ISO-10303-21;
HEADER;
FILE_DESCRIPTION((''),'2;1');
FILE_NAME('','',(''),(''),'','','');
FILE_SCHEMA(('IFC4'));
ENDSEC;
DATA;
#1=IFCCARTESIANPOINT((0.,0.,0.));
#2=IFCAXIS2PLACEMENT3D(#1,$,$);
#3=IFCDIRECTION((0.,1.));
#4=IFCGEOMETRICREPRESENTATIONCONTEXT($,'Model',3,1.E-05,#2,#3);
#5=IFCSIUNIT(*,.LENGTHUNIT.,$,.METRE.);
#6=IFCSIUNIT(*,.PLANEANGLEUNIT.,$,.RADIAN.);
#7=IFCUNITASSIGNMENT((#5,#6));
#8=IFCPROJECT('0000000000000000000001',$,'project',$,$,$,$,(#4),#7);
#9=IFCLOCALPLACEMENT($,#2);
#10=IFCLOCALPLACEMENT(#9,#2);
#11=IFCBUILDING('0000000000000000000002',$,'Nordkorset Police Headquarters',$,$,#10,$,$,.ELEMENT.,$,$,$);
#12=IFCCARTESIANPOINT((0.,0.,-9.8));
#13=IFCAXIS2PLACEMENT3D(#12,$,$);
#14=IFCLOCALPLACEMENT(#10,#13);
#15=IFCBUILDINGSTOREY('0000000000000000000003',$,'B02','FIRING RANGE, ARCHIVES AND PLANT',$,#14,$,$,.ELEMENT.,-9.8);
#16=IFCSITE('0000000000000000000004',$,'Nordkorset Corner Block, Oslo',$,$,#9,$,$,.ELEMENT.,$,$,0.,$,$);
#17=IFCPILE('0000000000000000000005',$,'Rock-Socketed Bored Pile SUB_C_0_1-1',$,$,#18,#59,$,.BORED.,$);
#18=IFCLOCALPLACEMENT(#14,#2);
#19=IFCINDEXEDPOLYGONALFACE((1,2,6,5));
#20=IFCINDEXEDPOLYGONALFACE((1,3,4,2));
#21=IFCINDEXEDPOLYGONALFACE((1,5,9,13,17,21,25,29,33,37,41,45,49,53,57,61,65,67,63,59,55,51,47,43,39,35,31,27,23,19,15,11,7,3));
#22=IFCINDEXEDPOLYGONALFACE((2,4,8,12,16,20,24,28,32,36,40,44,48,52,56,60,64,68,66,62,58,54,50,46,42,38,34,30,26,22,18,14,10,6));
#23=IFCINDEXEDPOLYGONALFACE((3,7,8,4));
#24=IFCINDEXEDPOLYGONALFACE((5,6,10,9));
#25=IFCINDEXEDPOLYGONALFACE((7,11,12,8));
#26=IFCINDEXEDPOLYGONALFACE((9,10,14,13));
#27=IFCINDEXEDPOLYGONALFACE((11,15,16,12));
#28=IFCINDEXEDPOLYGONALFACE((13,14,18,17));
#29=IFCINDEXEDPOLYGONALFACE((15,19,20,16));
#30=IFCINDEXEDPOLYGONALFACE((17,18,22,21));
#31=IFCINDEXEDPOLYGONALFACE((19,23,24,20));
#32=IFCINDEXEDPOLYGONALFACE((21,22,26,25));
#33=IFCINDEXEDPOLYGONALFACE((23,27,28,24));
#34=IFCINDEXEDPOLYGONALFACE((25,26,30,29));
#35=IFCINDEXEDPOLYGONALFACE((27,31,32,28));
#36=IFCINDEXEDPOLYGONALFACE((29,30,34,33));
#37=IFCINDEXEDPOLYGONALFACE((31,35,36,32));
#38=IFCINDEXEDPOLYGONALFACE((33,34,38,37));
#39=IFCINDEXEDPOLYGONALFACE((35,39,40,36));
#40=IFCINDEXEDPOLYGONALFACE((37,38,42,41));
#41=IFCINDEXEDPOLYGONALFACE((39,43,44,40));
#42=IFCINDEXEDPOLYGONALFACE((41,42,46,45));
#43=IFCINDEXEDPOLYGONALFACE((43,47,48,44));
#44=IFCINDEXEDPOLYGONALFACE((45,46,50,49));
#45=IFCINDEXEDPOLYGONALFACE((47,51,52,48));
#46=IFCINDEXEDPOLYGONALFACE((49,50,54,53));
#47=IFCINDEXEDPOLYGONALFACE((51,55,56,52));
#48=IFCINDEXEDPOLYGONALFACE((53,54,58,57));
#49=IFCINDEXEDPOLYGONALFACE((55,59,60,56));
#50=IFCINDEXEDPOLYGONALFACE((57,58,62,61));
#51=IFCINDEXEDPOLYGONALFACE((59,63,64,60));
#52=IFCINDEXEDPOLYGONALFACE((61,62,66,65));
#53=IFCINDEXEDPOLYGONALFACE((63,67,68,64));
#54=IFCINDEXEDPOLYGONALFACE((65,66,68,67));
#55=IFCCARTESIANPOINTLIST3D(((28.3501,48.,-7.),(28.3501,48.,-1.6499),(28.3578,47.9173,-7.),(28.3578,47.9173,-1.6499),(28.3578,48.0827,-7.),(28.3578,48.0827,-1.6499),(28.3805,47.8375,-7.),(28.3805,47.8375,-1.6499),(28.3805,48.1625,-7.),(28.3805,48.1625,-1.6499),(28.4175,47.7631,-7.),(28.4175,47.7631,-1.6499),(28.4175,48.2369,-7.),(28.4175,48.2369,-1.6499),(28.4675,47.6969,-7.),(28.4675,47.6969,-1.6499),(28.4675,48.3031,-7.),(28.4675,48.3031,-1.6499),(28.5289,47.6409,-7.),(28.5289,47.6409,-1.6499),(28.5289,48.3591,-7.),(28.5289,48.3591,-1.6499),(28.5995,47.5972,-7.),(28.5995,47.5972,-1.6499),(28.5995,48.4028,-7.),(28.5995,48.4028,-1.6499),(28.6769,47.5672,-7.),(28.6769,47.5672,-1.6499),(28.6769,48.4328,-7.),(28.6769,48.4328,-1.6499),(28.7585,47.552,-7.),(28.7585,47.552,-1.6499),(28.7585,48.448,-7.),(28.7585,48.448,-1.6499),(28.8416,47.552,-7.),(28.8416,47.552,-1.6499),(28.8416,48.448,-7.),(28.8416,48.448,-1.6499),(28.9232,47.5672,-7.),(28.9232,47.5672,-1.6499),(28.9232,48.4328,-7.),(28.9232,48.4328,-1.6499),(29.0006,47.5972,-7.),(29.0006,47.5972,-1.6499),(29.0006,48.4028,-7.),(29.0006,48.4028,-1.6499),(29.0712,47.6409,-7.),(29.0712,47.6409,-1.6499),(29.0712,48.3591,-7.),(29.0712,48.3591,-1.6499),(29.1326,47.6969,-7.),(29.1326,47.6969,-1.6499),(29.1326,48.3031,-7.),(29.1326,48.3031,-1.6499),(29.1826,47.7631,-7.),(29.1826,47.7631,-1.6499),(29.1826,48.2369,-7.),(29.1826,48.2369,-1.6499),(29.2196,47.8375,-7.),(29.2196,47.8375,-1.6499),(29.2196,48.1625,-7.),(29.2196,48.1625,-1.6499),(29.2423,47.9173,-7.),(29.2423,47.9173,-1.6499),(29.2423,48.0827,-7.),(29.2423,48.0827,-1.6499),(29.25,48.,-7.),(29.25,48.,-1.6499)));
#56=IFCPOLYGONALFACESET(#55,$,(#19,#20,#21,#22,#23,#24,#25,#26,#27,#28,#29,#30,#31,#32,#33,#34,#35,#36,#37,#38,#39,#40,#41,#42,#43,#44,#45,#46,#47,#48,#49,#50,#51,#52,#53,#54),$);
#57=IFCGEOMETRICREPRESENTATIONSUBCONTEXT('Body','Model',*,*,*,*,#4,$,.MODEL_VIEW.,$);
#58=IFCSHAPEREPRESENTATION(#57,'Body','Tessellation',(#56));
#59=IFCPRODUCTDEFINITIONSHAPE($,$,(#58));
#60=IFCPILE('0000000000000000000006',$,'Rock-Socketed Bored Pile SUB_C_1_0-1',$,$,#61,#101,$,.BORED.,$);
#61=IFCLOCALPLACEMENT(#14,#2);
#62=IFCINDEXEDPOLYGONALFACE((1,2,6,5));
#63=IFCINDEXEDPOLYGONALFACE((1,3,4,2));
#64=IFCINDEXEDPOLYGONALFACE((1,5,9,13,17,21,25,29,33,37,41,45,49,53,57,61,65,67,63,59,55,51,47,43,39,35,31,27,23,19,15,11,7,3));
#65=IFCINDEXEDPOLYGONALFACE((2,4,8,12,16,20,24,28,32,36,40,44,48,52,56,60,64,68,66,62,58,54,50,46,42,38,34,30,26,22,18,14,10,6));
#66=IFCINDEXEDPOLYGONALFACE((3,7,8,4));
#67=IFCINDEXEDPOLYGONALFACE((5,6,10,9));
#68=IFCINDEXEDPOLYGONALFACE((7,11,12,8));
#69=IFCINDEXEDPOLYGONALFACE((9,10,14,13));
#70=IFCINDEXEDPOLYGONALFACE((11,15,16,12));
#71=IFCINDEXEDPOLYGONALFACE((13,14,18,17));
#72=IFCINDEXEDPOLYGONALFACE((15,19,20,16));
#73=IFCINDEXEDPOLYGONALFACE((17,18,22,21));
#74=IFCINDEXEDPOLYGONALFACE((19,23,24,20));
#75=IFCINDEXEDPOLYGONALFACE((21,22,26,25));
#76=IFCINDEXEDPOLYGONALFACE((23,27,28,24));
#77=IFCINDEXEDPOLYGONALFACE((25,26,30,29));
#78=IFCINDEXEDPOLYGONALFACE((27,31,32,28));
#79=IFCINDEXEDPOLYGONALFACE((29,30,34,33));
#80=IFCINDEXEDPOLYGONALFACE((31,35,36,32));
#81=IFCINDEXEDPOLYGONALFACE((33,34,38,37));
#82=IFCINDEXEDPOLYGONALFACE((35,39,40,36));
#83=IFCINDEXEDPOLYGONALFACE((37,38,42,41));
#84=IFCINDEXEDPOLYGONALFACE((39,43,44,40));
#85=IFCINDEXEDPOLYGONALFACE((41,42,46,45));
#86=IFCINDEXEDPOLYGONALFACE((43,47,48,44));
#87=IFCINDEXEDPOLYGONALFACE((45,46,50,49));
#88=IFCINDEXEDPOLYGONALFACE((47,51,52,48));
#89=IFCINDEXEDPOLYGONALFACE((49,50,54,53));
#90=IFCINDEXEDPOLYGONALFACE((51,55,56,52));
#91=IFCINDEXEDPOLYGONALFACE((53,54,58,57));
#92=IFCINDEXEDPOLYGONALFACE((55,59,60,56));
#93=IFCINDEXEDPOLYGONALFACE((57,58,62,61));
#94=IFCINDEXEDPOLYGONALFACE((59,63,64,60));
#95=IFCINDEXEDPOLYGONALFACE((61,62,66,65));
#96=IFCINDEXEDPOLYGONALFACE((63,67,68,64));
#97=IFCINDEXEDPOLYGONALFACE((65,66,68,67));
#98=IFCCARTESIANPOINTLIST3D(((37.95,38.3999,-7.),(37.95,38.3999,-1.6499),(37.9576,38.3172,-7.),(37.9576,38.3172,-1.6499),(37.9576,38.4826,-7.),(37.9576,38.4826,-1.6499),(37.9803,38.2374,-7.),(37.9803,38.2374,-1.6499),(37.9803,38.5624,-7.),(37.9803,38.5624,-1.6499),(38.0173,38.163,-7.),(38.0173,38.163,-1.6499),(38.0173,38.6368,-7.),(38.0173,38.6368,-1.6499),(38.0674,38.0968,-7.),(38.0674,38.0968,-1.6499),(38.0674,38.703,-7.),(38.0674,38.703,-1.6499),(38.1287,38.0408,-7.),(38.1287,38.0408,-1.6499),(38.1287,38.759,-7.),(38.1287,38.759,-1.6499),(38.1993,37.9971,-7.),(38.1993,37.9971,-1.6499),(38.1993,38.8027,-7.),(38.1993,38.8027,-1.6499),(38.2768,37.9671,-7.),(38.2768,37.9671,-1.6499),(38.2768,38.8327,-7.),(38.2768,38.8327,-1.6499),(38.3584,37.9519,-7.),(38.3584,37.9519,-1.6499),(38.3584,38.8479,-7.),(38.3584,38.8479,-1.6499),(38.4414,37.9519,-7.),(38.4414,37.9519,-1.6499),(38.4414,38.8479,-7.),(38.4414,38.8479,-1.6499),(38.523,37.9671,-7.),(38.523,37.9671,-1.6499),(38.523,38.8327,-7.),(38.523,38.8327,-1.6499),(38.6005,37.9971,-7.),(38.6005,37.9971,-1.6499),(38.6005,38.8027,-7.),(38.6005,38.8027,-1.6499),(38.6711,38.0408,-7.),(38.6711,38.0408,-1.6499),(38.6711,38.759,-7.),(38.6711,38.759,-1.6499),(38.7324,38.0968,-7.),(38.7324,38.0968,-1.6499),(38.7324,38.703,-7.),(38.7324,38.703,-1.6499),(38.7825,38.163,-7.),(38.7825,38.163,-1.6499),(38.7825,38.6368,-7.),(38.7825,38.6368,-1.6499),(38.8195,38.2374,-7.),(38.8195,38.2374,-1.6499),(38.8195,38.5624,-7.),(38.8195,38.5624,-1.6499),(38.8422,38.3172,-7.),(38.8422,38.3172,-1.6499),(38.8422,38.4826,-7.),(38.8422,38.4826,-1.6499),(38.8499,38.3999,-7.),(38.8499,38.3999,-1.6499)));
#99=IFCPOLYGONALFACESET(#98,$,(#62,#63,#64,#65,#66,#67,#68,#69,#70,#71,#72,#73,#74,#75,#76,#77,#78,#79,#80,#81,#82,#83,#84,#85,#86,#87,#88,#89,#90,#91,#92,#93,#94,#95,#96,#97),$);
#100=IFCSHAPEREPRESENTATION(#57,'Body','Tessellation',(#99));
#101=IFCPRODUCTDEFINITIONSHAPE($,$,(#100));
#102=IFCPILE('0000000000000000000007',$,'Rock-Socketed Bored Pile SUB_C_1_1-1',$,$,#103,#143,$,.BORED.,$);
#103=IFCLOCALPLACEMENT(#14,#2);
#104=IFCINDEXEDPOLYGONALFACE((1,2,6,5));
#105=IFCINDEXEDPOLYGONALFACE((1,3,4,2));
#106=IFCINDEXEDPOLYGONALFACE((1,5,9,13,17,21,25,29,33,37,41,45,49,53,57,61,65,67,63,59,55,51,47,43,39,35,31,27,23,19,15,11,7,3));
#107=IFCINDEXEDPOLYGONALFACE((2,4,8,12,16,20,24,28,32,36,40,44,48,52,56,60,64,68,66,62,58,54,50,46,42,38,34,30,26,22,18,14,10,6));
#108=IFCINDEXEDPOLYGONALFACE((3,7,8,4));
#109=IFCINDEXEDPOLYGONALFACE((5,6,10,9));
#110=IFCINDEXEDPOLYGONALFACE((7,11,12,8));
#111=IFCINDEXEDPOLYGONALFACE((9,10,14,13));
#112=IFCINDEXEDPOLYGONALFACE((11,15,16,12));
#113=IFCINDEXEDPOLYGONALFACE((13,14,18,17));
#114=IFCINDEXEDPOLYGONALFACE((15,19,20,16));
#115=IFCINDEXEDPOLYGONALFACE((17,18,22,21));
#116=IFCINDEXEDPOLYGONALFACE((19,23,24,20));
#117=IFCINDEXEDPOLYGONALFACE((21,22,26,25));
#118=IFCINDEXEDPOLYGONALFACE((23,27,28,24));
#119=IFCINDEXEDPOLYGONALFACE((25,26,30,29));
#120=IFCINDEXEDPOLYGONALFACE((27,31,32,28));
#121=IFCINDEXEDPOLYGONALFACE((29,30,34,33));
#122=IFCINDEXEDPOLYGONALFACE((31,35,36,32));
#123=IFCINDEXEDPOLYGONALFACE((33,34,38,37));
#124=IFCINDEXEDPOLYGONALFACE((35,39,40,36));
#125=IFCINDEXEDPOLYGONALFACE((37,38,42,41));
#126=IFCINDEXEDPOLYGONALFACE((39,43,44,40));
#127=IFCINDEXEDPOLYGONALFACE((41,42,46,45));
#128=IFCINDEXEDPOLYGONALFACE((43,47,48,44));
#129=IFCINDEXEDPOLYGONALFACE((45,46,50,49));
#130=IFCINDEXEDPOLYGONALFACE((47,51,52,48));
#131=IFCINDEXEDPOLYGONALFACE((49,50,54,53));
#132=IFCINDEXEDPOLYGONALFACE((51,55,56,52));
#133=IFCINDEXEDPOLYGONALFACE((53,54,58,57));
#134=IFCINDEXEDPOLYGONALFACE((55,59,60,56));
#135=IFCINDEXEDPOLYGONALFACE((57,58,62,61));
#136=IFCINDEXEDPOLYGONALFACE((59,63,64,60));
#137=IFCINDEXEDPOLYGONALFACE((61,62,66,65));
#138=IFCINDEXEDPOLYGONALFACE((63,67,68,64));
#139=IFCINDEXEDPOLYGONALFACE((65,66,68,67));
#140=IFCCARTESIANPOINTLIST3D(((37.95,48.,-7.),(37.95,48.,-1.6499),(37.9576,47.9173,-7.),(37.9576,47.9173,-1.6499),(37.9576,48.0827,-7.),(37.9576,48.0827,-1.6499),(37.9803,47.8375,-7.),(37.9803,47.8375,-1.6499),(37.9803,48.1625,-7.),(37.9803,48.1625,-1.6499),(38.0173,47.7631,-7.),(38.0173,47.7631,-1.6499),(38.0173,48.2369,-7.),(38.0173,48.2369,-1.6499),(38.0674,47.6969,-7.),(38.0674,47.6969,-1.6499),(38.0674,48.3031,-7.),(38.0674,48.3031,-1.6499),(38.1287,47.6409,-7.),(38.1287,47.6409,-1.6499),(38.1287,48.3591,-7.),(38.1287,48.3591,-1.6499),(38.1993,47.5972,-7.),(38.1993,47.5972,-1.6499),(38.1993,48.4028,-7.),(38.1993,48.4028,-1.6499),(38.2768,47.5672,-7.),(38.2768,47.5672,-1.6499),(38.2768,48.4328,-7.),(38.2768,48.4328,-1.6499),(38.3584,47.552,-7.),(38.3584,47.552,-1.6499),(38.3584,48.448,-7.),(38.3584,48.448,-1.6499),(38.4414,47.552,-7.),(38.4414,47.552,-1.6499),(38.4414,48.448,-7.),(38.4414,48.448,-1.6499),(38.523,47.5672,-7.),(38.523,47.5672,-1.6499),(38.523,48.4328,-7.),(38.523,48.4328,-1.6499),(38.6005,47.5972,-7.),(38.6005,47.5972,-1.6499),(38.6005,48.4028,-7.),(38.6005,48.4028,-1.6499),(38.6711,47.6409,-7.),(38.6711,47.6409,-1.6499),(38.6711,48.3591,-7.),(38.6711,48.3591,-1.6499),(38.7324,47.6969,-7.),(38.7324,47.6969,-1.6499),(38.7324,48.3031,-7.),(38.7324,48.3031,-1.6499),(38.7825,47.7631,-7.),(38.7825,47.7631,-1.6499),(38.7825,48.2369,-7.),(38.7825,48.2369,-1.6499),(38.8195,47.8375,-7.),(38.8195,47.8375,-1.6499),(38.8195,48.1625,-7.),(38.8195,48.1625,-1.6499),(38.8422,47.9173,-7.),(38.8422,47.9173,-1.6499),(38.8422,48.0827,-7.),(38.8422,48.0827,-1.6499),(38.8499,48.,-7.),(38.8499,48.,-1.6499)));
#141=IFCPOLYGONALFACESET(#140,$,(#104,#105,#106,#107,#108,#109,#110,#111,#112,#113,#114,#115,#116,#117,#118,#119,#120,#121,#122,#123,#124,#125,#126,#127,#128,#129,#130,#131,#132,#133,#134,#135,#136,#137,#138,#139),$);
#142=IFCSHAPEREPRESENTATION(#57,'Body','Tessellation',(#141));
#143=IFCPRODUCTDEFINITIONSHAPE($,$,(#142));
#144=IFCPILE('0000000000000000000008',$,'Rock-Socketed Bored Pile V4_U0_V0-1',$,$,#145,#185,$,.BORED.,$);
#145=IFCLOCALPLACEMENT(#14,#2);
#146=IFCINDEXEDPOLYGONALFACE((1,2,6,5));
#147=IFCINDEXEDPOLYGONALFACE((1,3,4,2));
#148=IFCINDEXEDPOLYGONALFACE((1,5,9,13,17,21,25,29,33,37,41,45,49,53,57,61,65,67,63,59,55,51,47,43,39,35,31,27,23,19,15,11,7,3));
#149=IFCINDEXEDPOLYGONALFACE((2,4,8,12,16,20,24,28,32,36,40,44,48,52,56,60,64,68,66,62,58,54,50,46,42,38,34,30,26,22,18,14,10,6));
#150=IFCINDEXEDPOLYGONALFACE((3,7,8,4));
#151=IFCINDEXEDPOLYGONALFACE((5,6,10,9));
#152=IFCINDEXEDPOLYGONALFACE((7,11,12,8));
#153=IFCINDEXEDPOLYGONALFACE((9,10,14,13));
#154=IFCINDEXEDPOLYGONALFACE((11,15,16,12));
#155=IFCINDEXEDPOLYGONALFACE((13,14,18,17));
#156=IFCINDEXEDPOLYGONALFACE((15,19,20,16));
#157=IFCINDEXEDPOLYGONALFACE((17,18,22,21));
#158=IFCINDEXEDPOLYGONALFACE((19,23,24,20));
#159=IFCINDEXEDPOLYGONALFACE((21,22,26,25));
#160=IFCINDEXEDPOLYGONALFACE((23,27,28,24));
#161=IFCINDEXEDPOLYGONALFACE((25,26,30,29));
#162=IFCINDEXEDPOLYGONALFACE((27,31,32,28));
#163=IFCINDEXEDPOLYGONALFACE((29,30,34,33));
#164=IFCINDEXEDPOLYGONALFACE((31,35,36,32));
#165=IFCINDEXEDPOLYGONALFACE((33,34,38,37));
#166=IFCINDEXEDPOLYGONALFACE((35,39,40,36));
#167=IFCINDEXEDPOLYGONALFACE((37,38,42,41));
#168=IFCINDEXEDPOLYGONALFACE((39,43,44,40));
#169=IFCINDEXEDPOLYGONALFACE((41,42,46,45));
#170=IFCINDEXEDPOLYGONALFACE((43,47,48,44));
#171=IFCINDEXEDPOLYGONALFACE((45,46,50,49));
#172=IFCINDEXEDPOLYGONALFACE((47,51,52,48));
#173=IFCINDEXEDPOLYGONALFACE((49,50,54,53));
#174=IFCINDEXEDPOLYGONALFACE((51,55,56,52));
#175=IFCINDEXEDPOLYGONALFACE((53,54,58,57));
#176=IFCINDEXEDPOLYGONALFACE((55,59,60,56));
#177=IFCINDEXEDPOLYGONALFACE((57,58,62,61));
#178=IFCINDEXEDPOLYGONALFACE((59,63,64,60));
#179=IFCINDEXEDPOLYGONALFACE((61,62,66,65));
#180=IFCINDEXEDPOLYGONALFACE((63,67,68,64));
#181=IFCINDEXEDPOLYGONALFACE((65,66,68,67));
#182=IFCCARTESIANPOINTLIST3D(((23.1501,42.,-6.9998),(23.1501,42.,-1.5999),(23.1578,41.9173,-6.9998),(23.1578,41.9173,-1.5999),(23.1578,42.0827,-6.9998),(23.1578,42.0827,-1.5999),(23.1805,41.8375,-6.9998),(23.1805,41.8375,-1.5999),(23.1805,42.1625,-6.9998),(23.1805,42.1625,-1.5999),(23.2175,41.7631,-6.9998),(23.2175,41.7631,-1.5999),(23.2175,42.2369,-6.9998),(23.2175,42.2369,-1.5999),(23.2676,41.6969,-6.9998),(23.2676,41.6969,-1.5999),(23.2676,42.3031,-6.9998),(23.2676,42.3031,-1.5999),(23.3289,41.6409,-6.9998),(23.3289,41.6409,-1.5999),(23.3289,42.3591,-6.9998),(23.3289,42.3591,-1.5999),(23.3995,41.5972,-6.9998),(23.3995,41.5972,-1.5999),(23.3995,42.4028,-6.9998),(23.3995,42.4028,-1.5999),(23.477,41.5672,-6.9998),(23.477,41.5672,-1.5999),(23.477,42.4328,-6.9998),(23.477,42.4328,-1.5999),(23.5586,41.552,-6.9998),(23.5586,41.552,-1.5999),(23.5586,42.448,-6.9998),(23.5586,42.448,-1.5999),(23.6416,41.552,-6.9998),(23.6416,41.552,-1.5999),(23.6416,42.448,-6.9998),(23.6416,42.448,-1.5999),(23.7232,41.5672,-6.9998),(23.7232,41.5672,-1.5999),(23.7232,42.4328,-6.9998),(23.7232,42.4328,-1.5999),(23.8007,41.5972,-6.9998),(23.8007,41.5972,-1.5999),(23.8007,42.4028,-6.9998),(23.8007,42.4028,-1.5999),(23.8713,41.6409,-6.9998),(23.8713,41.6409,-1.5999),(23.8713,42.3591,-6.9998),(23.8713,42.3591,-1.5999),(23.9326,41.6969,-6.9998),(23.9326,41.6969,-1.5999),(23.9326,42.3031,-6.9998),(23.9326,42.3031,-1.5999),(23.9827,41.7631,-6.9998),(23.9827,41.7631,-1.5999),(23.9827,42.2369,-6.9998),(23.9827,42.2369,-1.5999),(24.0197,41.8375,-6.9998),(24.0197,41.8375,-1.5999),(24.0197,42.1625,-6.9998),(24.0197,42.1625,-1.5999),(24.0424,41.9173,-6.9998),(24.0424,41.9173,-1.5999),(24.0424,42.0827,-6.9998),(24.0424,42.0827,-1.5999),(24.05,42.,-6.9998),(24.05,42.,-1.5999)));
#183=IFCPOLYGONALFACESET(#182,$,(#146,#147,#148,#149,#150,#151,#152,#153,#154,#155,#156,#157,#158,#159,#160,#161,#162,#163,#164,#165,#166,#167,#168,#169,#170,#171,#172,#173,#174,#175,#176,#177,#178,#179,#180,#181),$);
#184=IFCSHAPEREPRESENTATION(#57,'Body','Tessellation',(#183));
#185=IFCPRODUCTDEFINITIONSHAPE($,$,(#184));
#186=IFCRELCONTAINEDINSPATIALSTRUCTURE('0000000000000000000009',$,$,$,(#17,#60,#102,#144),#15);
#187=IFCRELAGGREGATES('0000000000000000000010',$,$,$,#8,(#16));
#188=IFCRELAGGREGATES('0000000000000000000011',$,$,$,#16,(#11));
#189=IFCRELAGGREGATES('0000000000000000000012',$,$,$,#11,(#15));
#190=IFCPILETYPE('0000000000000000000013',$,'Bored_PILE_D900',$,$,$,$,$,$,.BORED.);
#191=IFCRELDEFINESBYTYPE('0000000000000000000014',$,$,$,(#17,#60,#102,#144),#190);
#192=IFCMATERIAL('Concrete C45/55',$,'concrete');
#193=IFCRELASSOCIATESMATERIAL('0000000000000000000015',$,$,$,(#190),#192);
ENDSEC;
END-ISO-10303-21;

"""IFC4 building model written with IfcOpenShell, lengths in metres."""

from ifc_helpers import new_model, si_unit, direction, frame, origin, origin_2d, place, context, subcontext, project, spatial, circle, extrude, material, material_profile, profile_set, type_object, element, save


model = new_model("IFC4")

# Units and contexts
model_context = context("Model", 3, precision=1e-05, world=origin(), true_north=direction((0.0, 1.0)))
body_context = subcontext(model_context, "Body", "Model", "MODEL_VIEW")
ifc_project = project(units=[si_unit("LENGTHUNIT", "METRE"), si_unit("PLANEANGLEUNIT", "RADIAN")], contexts=[model_context])

# Site, building, storey
site_placement = place(None, origin())
site = spatial("IfcSite", under=ifc_project, at=site_placement, Name="Nordkorset Corner Block, Oslo", CompositionType="ELEMENT", RefElevation=0.0)
building_placement = place(site_placement, origin())
building = spatial("IfcBuilding", under=site, at=building_placement, Name="Nordkorset Police Headquarters", CompositionType="ELEMENT")
storey_placement = place(building_placement, frame((0.0, 0.0, -9.8)))
storey = spatial("IfcBuildingStorey", under=building, at=storey_placement, Name="B02", Description="FIRING RANGE, ARCHIVES AND PLANT", CompositionType="ELEMENT", Elevation=-9.8)

# Piles
ifc_material_1 = material(Name="Concrete C45/55", Category="concrete")
ifc_material_profile_1 = material_profile(ifc_material_1, circle(Radius=0.45, at=origin_2d()), Name="PILE D900")
ifc_profile_set_1 = profile_set([ifc_material_profile_1], Name="Concrete C45/55")
pile_type = type_object("IfcPileType", Name="Bored_PILE_D900", PredefinedType="BORED", material=ifc_profile_set_1)
for number, where, z_axis, x_axis, name in (
    (1, (28.8, 48.0, -1.6499), (0.0, 0.0, -1.0), (1.0, 0.0, 0.0), "Rock-Socketed Bored Pile SUB_C_0_1-1"),
    (2, (38.3999, 38.3999, -1.6499), (0.0, 0.0, -1.0), (1.0, 0.0, 0.0), "Rock-Socketed Bored Pile SUB_C_1_0-1"),
    (3, (38.3999, 48.0, -1.6499), (0.0, 0.0, -1.0), (1.0, 0.0, 0.0), "Rock-Socketed Bored Pile SUB_C_1_1-1"),
):
    element("IfcPile", number, at=place(storey_placement, frame(where, z_axis=z_axis, x_axis=x_axis)), inside=storey, type_object=pile_type, Name=name, PredefinedType="BORED", context=body_context, shape_type="SweptSolid", body=[
        extrude(circle(Radius=0.45, at=origin_2d()), origin(), (0.0, 0.0, 1.0), 5.3501),
    ])
for number, where, z_axis, x_axis, name in (
    (4, (23.6001, 42.0, -1.5999), (0.0, 0.0, -1.0), (1.0, 0.0, 0.0), "Rock-Socketed Bored Pile V4_U0_V0-1"),
):
    element("IfcPile", number, at=place(storey_placement, frame(where, z_axis=z_axis, x_axis=x_axis)), inside=storey, type_object=pile_type, Name=name, PredefinedType="BORED", context=body_context, shape_type="SweptSolid", body=[
        extrude(circle(Radius=0.45, at=origin_2d()), origin(), (0.0, 0.0, 1.0), 5.3999),
    ])

save(model, "model.ifc")
